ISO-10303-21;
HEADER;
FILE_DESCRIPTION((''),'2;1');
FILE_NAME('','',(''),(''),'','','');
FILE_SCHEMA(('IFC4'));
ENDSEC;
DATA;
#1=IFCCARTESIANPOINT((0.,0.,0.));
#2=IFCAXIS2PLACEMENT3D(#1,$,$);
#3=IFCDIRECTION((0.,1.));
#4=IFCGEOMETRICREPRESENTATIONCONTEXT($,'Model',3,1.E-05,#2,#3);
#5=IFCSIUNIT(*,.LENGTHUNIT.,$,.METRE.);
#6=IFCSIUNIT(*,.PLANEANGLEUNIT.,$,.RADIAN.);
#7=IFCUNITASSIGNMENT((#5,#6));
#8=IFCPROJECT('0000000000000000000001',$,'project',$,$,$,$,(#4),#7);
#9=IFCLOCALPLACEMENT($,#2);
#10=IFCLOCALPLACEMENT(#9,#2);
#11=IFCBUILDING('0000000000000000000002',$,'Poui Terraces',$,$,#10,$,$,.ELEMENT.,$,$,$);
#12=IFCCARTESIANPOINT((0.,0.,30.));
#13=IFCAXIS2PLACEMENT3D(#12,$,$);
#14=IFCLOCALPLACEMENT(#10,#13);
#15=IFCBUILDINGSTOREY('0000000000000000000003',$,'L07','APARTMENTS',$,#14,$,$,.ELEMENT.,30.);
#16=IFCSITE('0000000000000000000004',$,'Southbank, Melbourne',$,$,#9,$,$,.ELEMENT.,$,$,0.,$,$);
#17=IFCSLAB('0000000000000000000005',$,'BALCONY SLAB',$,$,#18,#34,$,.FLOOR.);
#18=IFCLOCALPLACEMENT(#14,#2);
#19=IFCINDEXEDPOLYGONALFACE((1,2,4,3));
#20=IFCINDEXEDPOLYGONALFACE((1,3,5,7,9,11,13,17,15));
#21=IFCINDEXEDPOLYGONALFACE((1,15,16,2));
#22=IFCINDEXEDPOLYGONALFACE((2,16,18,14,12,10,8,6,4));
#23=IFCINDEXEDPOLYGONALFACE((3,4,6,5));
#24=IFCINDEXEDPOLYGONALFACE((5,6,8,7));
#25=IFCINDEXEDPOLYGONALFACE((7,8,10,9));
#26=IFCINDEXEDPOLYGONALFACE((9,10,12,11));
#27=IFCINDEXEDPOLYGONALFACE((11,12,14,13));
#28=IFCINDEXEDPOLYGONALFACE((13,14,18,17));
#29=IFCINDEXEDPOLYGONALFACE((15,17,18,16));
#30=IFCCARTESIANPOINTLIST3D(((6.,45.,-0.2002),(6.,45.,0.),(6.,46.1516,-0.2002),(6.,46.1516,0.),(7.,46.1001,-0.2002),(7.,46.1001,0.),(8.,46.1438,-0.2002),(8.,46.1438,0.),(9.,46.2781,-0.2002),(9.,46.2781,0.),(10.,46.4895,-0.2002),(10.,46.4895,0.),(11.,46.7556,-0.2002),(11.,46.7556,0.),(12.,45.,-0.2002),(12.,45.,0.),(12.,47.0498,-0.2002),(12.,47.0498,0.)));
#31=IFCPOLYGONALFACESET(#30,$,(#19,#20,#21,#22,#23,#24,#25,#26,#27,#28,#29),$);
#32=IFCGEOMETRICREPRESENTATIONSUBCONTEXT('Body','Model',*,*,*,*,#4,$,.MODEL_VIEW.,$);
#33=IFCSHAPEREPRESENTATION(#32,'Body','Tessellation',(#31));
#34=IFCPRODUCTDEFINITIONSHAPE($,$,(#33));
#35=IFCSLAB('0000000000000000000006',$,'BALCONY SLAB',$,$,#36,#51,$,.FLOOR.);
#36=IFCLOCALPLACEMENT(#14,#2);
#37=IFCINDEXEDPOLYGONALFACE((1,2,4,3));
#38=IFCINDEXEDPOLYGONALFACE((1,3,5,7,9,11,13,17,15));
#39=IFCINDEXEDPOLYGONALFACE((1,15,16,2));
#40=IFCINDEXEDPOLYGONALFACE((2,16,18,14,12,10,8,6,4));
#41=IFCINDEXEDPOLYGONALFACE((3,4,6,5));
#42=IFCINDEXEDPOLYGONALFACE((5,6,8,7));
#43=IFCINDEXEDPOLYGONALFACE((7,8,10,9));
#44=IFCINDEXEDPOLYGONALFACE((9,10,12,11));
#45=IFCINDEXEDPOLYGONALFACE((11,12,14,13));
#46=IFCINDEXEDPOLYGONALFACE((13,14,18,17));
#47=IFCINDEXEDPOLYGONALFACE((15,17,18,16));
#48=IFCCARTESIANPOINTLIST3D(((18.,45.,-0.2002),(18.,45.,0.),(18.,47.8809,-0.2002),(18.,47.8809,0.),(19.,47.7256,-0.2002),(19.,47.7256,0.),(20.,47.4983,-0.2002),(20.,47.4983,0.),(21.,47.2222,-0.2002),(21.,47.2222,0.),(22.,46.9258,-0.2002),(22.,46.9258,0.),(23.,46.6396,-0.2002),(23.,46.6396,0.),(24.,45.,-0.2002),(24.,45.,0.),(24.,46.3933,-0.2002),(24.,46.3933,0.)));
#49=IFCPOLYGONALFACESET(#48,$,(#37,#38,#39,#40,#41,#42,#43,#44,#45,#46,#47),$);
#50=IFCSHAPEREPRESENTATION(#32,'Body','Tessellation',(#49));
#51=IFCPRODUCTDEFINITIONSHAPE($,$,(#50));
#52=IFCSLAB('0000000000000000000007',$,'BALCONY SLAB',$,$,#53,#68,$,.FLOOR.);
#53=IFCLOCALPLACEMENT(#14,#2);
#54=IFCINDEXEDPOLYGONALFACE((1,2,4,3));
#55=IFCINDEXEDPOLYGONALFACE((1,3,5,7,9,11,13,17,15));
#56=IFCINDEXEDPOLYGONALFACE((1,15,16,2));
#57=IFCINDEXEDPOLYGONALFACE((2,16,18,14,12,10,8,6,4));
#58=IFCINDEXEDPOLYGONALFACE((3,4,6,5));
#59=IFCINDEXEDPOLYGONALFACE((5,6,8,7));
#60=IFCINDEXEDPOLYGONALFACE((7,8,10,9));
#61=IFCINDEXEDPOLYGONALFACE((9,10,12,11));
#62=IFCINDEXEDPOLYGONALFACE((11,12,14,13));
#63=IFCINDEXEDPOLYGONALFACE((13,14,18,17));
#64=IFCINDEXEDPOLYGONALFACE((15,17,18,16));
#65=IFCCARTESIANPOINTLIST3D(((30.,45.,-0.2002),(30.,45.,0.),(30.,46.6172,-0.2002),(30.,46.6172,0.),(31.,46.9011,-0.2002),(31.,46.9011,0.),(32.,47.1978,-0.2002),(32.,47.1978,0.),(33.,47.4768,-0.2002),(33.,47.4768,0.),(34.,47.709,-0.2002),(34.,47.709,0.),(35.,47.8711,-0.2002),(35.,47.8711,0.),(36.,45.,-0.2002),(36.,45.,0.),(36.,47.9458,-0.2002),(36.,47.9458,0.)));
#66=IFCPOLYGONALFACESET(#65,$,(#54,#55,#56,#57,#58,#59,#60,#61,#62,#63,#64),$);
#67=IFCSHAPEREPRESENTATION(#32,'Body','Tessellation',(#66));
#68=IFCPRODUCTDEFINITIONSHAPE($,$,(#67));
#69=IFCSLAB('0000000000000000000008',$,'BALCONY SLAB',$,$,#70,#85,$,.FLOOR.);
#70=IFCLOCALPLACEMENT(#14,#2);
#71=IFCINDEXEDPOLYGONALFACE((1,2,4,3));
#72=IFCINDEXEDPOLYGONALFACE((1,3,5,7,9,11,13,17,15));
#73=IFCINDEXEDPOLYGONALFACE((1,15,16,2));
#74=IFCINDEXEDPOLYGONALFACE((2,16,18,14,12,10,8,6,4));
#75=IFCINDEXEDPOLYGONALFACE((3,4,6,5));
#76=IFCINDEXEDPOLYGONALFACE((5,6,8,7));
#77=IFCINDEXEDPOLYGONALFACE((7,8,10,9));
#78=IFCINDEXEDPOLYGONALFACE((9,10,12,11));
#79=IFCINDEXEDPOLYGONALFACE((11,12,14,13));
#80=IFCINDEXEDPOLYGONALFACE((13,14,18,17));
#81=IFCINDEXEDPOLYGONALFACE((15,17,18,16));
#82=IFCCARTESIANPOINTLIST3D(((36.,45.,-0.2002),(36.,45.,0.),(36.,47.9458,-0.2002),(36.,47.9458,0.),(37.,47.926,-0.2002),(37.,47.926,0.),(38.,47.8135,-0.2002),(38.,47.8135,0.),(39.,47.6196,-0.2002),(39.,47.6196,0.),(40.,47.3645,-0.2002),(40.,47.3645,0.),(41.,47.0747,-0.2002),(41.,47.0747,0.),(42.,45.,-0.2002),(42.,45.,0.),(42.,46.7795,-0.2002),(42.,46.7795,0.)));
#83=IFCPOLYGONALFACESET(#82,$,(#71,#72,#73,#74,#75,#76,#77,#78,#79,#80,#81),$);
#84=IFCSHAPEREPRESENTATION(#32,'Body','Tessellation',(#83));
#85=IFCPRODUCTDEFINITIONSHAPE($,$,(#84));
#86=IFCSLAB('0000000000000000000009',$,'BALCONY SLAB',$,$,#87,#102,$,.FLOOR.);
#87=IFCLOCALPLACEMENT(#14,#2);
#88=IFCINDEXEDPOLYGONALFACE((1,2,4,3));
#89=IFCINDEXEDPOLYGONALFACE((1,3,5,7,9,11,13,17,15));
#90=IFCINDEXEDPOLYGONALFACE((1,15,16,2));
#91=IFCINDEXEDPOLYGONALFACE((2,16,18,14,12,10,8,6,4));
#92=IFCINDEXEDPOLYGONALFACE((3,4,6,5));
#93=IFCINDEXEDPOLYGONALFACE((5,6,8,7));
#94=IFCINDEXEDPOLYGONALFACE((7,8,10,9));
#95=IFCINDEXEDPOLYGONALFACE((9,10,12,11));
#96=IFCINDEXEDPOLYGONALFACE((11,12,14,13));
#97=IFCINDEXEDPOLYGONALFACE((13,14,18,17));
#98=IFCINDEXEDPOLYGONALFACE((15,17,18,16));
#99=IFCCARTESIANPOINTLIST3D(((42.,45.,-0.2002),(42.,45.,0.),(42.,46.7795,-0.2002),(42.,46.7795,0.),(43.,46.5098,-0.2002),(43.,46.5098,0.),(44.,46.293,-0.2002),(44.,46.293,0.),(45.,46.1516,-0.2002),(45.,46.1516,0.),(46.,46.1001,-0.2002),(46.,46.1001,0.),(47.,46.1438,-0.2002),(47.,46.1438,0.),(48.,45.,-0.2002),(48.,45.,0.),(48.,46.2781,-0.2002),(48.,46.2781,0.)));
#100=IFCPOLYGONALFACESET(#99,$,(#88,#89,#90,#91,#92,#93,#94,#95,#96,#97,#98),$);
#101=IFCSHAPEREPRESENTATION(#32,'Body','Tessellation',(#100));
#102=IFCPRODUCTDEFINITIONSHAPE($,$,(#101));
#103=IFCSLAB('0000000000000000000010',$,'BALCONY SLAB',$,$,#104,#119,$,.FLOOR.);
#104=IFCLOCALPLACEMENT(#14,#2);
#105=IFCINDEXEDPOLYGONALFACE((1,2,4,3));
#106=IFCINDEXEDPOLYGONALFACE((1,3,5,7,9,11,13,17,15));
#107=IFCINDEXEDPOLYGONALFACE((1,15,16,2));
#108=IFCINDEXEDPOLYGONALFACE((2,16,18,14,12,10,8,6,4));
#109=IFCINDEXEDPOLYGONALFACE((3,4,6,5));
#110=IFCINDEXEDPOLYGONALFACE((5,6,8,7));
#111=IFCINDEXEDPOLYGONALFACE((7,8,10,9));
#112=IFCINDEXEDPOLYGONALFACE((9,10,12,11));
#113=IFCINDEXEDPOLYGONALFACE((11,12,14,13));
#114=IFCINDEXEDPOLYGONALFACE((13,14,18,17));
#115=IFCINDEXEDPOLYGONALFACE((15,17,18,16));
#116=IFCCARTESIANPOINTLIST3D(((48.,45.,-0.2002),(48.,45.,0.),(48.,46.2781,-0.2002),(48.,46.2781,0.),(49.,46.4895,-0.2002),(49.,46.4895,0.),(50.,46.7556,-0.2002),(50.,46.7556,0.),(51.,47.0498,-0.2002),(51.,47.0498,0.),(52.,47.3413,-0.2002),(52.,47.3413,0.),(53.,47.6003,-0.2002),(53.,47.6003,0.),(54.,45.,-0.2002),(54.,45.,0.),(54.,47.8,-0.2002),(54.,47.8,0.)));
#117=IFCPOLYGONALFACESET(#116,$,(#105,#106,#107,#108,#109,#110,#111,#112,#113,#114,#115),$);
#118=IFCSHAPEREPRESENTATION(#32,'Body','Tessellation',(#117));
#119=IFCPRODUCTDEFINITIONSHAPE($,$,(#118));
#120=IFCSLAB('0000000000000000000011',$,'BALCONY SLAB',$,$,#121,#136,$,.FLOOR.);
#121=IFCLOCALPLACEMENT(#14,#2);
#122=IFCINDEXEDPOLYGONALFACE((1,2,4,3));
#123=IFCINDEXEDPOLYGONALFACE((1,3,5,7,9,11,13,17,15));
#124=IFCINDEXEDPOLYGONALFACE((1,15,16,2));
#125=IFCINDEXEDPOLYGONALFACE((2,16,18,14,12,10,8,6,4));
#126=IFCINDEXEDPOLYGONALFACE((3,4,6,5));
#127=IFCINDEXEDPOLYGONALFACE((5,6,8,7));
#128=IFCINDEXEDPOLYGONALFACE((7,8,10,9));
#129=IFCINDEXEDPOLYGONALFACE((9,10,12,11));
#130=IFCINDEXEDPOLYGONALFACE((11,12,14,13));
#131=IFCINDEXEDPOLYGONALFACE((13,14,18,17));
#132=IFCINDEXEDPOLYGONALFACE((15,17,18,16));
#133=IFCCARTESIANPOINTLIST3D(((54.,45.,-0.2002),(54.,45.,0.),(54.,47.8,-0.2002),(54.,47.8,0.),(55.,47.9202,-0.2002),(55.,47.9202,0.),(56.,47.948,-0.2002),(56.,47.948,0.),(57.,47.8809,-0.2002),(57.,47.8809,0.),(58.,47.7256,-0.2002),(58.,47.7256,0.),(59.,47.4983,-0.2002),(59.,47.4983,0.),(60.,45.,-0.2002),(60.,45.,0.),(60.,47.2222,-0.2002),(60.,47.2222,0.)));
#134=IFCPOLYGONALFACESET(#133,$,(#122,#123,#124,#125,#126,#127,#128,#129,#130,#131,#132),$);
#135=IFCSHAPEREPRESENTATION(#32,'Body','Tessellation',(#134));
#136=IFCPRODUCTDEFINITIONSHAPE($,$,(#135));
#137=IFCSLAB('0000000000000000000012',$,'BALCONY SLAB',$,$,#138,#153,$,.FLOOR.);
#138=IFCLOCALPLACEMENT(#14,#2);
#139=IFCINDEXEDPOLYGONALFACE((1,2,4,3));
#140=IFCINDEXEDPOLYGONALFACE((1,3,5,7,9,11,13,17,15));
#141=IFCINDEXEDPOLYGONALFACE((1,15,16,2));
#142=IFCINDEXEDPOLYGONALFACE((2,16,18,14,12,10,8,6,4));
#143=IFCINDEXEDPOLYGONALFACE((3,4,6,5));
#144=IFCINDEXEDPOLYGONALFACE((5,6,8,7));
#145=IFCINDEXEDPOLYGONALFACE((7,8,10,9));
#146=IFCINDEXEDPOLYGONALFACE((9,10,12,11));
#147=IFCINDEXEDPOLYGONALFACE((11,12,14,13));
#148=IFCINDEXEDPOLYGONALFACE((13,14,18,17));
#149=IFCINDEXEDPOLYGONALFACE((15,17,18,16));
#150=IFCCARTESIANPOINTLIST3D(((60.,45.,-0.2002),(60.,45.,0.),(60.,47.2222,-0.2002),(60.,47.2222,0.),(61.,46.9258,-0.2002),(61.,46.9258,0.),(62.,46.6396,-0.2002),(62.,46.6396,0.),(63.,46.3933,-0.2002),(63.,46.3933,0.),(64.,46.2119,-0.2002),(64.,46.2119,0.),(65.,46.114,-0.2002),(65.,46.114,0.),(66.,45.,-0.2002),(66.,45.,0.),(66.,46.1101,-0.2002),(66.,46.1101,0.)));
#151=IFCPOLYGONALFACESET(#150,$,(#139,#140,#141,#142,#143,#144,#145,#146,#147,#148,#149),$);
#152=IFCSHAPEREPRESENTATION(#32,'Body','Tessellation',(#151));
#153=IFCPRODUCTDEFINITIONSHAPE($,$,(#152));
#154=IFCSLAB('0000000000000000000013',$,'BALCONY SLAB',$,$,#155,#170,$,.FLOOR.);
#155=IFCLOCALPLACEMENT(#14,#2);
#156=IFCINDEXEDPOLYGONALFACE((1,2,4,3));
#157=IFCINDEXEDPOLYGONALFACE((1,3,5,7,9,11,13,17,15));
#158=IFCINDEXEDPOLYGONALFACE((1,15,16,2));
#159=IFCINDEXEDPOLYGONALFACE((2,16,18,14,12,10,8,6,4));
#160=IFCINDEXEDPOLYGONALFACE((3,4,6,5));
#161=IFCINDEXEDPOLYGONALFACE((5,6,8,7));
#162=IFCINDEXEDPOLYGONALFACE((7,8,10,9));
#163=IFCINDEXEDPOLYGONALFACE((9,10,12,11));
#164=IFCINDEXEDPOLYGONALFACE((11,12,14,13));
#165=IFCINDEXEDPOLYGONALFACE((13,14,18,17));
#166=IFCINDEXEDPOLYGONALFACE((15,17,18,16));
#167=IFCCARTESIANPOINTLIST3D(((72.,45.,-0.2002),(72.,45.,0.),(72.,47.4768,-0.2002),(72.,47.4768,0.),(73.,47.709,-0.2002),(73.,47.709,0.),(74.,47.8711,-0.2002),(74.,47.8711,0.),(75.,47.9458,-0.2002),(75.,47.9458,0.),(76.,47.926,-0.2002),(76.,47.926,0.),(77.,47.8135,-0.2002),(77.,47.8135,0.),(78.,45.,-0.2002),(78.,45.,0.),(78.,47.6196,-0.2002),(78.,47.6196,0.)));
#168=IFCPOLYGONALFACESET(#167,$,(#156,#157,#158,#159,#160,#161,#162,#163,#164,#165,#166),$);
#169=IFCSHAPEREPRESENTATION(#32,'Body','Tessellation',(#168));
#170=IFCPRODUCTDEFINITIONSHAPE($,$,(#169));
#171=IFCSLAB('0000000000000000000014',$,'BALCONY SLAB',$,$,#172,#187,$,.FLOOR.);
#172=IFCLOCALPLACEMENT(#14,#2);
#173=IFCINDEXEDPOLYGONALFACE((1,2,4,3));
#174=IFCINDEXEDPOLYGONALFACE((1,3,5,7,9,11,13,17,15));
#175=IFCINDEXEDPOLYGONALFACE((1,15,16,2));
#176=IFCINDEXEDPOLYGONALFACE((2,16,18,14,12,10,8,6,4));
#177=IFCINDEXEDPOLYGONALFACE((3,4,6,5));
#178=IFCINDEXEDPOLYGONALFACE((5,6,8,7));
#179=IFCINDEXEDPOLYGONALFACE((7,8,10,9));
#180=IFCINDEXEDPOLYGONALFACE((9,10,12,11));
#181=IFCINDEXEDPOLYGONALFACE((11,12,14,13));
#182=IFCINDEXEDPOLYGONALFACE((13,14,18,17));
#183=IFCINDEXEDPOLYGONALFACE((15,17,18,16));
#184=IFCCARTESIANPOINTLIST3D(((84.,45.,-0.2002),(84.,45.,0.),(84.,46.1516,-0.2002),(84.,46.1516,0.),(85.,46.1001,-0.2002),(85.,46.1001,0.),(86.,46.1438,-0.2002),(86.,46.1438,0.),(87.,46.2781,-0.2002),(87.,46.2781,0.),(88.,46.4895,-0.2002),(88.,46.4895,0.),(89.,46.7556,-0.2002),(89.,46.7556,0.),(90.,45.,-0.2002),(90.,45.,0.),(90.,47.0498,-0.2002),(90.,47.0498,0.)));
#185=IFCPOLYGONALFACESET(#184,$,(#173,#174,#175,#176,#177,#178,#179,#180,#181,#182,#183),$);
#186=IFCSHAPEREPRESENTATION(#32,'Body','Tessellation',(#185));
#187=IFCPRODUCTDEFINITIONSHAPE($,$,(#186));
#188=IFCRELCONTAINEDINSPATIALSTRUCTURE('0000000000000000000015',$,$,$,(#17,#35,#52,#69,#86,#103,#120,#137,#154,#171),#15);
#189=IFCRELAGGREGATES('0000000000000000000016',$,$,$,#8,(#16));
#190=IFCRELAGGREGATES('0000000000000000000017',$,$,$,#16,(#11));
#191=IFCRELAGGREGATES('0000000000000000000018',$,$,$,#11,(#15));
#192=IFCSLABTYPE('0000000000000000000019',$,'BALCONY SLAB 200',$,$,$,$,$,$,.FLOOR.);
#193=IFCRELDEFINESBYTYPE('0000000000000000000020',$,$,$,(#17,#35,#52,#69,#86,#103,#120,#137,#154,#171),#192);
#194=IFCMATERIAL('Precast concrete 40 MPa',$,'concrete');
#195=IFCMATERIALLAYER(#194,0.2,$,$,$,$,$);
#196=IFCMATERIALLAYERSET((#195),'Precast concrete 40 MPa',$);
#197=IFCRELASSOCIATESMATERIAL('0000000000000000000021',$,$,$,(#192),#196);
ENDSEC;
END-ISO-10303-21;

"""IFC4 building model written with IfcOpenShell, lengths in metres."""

from ifc_helpers import new_model, si_unit, direction, frame, origin, place, context, subcontext, project, spatial, polyline, outline, extrude, material, layer, layer_set, type_object, element, save


model = new_model("IFC4")

# Units and contexts
model_context = context("Model", 3, precision=1e-05, world=origin(), true_north=direction((0.0, 1.0)))
body_context = subcontext(model_context, "Body", "Model", "MODEL_VIEW")
ifc_project = project(units=[si_unit("LENGTHUNIT", "METRE"), si_unit("PLANEANGLEUNIT", "RADIAN")], contexts=[model_context])

# Site, building, storey
site_placement = place(None, origin())
site = spatial("IfcSite", under=ifc_project, at=site_placement, Name="Southbank, Melbourne", CompositionType="ELEMENT", RefElevation=0.0)
building_placement = place(site_placement, origin())
building = spatial("IfcBuilding", under=site, at=building_placement, Name="Poui Terraces", CompositionType="ELEMENT")
storey_placement = place(building_placement, frame((0.0, 0.0, 30.0)))
storey = spatial("IfcBuildingStorey", under=building, at=storey_placement, Name="L07", Description="APARTMENTS", CompositionType="ELEMENT", Elevation=30.0)

# Slabs
ifc_material_1 = material(Name="Precast concrete 40 MPa", Category="concrete")
ifc_layer_1 = layer(ifc_material_1, 0.2)
ifc_layer_set_1 = layer_set([ifc_layer_1], Name="Precast concrete 40 MPa")
slab_type_1 = type_object("IfcSlabType", Name="BALCONY SLAB 200", PredefinedType="FLOOR", material=ifc_layer_set_1)
slab_1_placement = place(storey_placement, frame((0.0, 0.0, -0.2002)))
element("IfcSlab", 1, at=slab_1_placement, inside=storey, type_object=slab_type_1, Name="BALCONY SLAB", PredefinedType="FLOOR", context=body_context, shape_type="SweptSolid", body=[
    extrude(outline(polyline([(6.0, 45.0), (12.0, 45.0), (12.0, 47.0498), (11.0, 46.7556), (10.0, 46.4895), (9.0, 46.2781), (8.0, 46.1438), (7.0, 46.1001), (6.0, 46.1516), (6.0, 45.0)])), origin(), (0.0, 0.0, 1.0), 0.2002),
])
slab_2_placement = place(storey_placement, frame((0.0, 0.0, -0.2002)))
element("IfcSlab", 2, at=slab_2_placement, inside=storey, type_object=slab_type_1, Name="BALCONY SLAB", PredefinedType="FLOOR", context=body_context, shape_type="SweptSolid", body=[
    extrude(outline(polyline([(18.0, 45.0), (24.0, 45.0), (24.0, 46.3933), (23.0, 46.6396), (22.0, 46.9258), (21.0, 47.2222), (20.0, 47.4983), (19.0, 47.7256), (18.0, 47.8809), (18.0, 45.0)])), origin(), (0.0, 0.0, 1.0), 0.2002),
])
slab_3_placement = place(storey_placement, frame((0.0, 0.0, -0.2002)))
element("IfcSlab", 3, at=slab_3_placement, inside=storey, type_object=slab_type_1, Name="BALCONY SLAB", PredefinedType="FLOOR", context=body_context, shape_type="SweptSolid", body=[
    extrude(outline(polyline([(30.0, 45.0), (36.0, 45.0), (36.0, 47.9458), (35.0, 47.8711), (34.0, 47.709), (33.0, 47.4768), (32.0, 47.1978), (31.0, 46.9011), (30.0, 46.6172), (30.0, 45.0)])), origin(), (0.0, 0.0, 1.0), 0.2002),
])
slab_4_placement = place(storey_placement, frame((0.0, 0.0, -0.2002)))
element("IfcSlab", 4, at=slab_4_placement, inside=storey, type_object=slab_type_1, Name="BALCONY SLAB", PredefinedType="FLOOR", context=body_context, shape_type="SweptSolid", body=[
    extrude(outline(polyline([(36.0, 45.0), (42.0, 45.0), (42.0, 46.7795), (41.0, 47.0747), (40.0, 47.3645), (39.0, 47.6196), (38.0, 47.8135), (37.0, 47.926), (36.0, 47.9458), (36.0, 45.0)])), origin(), (0.0, 0.0, 1.0), 0.2002),
])
slab_5_placement = place(storey_placement, frame((0.0, 0.0, -0.2002)))
element("IfcSlab", 5, at=slab_5_placement, inside=storey, type_object=slab_type_1, Name="BALCONY SLAB", PredefinedType="FLOOR", context=body_context, shape_type="SweptSolid", body=[
    extrude(outline(polyline([(42.0, 45.0), (48.0, 45.0), (48.0, 46.2781), (47.0, 46.1438), (46.0, 46.1001), (45.0, 46.1516), (44.0, 46.293), (43.0, 46.5098), (42.0, 46.7795), (42.0, 45.0)])), origin(), (0.0, 0.0, 1.0), 0.2002),
])
slab_6_placement = place(storey_placement, frame((0.0, 0.0, -0.2002)))
element("IfcSlab", 6, at=slab_6_placement, inside=storey, type_object=slab_type_1, Name="BALCONY SLAB", PredefinedType="FLOOR", context=body_context, shape_type="SweptSolid", body=[
    extrude(outline(polyline([(48.0, 45.0), (54.0, 45.0), (54.0, 47.8), (53.0, 47.6003), (52.0, 47.3413), (51.0, 47.0498), (50.0, 46.7556), (49.0, 46.4895), (48.0, 46.2781), (48.0, 45.0)])), origin(), (0.0, 0.0, 1.0), 0.2002),
])
slab_7_placement = place(storey_placement, frame((0.0, 0.0, -0.2002)))
element("IfcSlab", 7, at=slab_7_placement, inside=storey, type_object=slab_type_1, Name="BALCONY SLAB", PredefinedType="FLOOR", context=body_context, shape_type="SweptSolid", body=[
    extrude(outline(polyline([(54.0, 45.0), (60.0, 45.0), (60.0, 47.2222), (59.0, 47.4983), (58.0, 47.7256), (57.0, 47.8809), (56.0, 47.948), (55.0, 47.9202), (54.0, 47.8), (54.0, 45.0)])), origin(), (0.0, 0.0, 1.0), 0.2002),
])
slab_8_placement = place(storey_placement, frame((0.0, 0.0, -0.2002)))
element("IfcSlab", 8, at=slab_8_placement, inside=storey, type_object=slab_type_1, Name="BALCONY SLAB", PredefinedType="FLOOR", context=body_context, shape_type="SweptSolid", body=[
    extrude(outline(polyline([(60.0, 45.0), (66.0, 45.0), (66.0, 46.1101), (65.0, 46.114), (64.0, 46.2119), (63.0, 46.3933), (62.0, 46.6396), (61.0, 46.9258), (60.0, 47.2222), (60.0, 45.0)])), origin(), (0.0, 0.0, 1.0), 0.2002),
])
slab_9_placement = place(storey_placement, frame((0.0, 0.0, -0.2002)))
element("IfcSlab", 9, at=slab_9_placement, inside=storey, type_object=slab_type_1, Name="BALCONY SLAB", PredefinedType="FLOOR", context=body_context, shape_type="SweptSolid", body=[
    extrude(outline(polyline([(72.0, 45.0), (78.0, 45.0), (78.0, 47.6196), (77.0, 47.8135), (76.0, 47.926), (75.0, 47.9458), (74.0, 47.8711), (73.0, 47.709), (72.0, 47.4768), (72.0, 45.0)])), origin(), (0.0, 0.0, 1.0), 0.2002),
])
slab_10_placement = place(storey_placement, frame((0.0, 0.0, -0.2002)))
element("IfcSlab", 10, at=slab_10_placement, inside=storey, type_object=slab_type_1, Name="BALCONY SLAB", PredefinedType="FLOOR", context=body_context, shape_type="SweptSolid", body=[
    extrude(outline(polyline([(84.0, 45.0), (90.0, 45.0), (90.0, 47.0498), (89.0, 46.7556), (88.0, 46.4895), (87.0, 46.2781), (86.0, 46.1438), (85.0, 46.1001), (84.0, 46.1516), (84.0, 45.0)])), origin(), (0.0, 0.0, 1.0), 0.2002),
])

save(model, "model.ifc")
